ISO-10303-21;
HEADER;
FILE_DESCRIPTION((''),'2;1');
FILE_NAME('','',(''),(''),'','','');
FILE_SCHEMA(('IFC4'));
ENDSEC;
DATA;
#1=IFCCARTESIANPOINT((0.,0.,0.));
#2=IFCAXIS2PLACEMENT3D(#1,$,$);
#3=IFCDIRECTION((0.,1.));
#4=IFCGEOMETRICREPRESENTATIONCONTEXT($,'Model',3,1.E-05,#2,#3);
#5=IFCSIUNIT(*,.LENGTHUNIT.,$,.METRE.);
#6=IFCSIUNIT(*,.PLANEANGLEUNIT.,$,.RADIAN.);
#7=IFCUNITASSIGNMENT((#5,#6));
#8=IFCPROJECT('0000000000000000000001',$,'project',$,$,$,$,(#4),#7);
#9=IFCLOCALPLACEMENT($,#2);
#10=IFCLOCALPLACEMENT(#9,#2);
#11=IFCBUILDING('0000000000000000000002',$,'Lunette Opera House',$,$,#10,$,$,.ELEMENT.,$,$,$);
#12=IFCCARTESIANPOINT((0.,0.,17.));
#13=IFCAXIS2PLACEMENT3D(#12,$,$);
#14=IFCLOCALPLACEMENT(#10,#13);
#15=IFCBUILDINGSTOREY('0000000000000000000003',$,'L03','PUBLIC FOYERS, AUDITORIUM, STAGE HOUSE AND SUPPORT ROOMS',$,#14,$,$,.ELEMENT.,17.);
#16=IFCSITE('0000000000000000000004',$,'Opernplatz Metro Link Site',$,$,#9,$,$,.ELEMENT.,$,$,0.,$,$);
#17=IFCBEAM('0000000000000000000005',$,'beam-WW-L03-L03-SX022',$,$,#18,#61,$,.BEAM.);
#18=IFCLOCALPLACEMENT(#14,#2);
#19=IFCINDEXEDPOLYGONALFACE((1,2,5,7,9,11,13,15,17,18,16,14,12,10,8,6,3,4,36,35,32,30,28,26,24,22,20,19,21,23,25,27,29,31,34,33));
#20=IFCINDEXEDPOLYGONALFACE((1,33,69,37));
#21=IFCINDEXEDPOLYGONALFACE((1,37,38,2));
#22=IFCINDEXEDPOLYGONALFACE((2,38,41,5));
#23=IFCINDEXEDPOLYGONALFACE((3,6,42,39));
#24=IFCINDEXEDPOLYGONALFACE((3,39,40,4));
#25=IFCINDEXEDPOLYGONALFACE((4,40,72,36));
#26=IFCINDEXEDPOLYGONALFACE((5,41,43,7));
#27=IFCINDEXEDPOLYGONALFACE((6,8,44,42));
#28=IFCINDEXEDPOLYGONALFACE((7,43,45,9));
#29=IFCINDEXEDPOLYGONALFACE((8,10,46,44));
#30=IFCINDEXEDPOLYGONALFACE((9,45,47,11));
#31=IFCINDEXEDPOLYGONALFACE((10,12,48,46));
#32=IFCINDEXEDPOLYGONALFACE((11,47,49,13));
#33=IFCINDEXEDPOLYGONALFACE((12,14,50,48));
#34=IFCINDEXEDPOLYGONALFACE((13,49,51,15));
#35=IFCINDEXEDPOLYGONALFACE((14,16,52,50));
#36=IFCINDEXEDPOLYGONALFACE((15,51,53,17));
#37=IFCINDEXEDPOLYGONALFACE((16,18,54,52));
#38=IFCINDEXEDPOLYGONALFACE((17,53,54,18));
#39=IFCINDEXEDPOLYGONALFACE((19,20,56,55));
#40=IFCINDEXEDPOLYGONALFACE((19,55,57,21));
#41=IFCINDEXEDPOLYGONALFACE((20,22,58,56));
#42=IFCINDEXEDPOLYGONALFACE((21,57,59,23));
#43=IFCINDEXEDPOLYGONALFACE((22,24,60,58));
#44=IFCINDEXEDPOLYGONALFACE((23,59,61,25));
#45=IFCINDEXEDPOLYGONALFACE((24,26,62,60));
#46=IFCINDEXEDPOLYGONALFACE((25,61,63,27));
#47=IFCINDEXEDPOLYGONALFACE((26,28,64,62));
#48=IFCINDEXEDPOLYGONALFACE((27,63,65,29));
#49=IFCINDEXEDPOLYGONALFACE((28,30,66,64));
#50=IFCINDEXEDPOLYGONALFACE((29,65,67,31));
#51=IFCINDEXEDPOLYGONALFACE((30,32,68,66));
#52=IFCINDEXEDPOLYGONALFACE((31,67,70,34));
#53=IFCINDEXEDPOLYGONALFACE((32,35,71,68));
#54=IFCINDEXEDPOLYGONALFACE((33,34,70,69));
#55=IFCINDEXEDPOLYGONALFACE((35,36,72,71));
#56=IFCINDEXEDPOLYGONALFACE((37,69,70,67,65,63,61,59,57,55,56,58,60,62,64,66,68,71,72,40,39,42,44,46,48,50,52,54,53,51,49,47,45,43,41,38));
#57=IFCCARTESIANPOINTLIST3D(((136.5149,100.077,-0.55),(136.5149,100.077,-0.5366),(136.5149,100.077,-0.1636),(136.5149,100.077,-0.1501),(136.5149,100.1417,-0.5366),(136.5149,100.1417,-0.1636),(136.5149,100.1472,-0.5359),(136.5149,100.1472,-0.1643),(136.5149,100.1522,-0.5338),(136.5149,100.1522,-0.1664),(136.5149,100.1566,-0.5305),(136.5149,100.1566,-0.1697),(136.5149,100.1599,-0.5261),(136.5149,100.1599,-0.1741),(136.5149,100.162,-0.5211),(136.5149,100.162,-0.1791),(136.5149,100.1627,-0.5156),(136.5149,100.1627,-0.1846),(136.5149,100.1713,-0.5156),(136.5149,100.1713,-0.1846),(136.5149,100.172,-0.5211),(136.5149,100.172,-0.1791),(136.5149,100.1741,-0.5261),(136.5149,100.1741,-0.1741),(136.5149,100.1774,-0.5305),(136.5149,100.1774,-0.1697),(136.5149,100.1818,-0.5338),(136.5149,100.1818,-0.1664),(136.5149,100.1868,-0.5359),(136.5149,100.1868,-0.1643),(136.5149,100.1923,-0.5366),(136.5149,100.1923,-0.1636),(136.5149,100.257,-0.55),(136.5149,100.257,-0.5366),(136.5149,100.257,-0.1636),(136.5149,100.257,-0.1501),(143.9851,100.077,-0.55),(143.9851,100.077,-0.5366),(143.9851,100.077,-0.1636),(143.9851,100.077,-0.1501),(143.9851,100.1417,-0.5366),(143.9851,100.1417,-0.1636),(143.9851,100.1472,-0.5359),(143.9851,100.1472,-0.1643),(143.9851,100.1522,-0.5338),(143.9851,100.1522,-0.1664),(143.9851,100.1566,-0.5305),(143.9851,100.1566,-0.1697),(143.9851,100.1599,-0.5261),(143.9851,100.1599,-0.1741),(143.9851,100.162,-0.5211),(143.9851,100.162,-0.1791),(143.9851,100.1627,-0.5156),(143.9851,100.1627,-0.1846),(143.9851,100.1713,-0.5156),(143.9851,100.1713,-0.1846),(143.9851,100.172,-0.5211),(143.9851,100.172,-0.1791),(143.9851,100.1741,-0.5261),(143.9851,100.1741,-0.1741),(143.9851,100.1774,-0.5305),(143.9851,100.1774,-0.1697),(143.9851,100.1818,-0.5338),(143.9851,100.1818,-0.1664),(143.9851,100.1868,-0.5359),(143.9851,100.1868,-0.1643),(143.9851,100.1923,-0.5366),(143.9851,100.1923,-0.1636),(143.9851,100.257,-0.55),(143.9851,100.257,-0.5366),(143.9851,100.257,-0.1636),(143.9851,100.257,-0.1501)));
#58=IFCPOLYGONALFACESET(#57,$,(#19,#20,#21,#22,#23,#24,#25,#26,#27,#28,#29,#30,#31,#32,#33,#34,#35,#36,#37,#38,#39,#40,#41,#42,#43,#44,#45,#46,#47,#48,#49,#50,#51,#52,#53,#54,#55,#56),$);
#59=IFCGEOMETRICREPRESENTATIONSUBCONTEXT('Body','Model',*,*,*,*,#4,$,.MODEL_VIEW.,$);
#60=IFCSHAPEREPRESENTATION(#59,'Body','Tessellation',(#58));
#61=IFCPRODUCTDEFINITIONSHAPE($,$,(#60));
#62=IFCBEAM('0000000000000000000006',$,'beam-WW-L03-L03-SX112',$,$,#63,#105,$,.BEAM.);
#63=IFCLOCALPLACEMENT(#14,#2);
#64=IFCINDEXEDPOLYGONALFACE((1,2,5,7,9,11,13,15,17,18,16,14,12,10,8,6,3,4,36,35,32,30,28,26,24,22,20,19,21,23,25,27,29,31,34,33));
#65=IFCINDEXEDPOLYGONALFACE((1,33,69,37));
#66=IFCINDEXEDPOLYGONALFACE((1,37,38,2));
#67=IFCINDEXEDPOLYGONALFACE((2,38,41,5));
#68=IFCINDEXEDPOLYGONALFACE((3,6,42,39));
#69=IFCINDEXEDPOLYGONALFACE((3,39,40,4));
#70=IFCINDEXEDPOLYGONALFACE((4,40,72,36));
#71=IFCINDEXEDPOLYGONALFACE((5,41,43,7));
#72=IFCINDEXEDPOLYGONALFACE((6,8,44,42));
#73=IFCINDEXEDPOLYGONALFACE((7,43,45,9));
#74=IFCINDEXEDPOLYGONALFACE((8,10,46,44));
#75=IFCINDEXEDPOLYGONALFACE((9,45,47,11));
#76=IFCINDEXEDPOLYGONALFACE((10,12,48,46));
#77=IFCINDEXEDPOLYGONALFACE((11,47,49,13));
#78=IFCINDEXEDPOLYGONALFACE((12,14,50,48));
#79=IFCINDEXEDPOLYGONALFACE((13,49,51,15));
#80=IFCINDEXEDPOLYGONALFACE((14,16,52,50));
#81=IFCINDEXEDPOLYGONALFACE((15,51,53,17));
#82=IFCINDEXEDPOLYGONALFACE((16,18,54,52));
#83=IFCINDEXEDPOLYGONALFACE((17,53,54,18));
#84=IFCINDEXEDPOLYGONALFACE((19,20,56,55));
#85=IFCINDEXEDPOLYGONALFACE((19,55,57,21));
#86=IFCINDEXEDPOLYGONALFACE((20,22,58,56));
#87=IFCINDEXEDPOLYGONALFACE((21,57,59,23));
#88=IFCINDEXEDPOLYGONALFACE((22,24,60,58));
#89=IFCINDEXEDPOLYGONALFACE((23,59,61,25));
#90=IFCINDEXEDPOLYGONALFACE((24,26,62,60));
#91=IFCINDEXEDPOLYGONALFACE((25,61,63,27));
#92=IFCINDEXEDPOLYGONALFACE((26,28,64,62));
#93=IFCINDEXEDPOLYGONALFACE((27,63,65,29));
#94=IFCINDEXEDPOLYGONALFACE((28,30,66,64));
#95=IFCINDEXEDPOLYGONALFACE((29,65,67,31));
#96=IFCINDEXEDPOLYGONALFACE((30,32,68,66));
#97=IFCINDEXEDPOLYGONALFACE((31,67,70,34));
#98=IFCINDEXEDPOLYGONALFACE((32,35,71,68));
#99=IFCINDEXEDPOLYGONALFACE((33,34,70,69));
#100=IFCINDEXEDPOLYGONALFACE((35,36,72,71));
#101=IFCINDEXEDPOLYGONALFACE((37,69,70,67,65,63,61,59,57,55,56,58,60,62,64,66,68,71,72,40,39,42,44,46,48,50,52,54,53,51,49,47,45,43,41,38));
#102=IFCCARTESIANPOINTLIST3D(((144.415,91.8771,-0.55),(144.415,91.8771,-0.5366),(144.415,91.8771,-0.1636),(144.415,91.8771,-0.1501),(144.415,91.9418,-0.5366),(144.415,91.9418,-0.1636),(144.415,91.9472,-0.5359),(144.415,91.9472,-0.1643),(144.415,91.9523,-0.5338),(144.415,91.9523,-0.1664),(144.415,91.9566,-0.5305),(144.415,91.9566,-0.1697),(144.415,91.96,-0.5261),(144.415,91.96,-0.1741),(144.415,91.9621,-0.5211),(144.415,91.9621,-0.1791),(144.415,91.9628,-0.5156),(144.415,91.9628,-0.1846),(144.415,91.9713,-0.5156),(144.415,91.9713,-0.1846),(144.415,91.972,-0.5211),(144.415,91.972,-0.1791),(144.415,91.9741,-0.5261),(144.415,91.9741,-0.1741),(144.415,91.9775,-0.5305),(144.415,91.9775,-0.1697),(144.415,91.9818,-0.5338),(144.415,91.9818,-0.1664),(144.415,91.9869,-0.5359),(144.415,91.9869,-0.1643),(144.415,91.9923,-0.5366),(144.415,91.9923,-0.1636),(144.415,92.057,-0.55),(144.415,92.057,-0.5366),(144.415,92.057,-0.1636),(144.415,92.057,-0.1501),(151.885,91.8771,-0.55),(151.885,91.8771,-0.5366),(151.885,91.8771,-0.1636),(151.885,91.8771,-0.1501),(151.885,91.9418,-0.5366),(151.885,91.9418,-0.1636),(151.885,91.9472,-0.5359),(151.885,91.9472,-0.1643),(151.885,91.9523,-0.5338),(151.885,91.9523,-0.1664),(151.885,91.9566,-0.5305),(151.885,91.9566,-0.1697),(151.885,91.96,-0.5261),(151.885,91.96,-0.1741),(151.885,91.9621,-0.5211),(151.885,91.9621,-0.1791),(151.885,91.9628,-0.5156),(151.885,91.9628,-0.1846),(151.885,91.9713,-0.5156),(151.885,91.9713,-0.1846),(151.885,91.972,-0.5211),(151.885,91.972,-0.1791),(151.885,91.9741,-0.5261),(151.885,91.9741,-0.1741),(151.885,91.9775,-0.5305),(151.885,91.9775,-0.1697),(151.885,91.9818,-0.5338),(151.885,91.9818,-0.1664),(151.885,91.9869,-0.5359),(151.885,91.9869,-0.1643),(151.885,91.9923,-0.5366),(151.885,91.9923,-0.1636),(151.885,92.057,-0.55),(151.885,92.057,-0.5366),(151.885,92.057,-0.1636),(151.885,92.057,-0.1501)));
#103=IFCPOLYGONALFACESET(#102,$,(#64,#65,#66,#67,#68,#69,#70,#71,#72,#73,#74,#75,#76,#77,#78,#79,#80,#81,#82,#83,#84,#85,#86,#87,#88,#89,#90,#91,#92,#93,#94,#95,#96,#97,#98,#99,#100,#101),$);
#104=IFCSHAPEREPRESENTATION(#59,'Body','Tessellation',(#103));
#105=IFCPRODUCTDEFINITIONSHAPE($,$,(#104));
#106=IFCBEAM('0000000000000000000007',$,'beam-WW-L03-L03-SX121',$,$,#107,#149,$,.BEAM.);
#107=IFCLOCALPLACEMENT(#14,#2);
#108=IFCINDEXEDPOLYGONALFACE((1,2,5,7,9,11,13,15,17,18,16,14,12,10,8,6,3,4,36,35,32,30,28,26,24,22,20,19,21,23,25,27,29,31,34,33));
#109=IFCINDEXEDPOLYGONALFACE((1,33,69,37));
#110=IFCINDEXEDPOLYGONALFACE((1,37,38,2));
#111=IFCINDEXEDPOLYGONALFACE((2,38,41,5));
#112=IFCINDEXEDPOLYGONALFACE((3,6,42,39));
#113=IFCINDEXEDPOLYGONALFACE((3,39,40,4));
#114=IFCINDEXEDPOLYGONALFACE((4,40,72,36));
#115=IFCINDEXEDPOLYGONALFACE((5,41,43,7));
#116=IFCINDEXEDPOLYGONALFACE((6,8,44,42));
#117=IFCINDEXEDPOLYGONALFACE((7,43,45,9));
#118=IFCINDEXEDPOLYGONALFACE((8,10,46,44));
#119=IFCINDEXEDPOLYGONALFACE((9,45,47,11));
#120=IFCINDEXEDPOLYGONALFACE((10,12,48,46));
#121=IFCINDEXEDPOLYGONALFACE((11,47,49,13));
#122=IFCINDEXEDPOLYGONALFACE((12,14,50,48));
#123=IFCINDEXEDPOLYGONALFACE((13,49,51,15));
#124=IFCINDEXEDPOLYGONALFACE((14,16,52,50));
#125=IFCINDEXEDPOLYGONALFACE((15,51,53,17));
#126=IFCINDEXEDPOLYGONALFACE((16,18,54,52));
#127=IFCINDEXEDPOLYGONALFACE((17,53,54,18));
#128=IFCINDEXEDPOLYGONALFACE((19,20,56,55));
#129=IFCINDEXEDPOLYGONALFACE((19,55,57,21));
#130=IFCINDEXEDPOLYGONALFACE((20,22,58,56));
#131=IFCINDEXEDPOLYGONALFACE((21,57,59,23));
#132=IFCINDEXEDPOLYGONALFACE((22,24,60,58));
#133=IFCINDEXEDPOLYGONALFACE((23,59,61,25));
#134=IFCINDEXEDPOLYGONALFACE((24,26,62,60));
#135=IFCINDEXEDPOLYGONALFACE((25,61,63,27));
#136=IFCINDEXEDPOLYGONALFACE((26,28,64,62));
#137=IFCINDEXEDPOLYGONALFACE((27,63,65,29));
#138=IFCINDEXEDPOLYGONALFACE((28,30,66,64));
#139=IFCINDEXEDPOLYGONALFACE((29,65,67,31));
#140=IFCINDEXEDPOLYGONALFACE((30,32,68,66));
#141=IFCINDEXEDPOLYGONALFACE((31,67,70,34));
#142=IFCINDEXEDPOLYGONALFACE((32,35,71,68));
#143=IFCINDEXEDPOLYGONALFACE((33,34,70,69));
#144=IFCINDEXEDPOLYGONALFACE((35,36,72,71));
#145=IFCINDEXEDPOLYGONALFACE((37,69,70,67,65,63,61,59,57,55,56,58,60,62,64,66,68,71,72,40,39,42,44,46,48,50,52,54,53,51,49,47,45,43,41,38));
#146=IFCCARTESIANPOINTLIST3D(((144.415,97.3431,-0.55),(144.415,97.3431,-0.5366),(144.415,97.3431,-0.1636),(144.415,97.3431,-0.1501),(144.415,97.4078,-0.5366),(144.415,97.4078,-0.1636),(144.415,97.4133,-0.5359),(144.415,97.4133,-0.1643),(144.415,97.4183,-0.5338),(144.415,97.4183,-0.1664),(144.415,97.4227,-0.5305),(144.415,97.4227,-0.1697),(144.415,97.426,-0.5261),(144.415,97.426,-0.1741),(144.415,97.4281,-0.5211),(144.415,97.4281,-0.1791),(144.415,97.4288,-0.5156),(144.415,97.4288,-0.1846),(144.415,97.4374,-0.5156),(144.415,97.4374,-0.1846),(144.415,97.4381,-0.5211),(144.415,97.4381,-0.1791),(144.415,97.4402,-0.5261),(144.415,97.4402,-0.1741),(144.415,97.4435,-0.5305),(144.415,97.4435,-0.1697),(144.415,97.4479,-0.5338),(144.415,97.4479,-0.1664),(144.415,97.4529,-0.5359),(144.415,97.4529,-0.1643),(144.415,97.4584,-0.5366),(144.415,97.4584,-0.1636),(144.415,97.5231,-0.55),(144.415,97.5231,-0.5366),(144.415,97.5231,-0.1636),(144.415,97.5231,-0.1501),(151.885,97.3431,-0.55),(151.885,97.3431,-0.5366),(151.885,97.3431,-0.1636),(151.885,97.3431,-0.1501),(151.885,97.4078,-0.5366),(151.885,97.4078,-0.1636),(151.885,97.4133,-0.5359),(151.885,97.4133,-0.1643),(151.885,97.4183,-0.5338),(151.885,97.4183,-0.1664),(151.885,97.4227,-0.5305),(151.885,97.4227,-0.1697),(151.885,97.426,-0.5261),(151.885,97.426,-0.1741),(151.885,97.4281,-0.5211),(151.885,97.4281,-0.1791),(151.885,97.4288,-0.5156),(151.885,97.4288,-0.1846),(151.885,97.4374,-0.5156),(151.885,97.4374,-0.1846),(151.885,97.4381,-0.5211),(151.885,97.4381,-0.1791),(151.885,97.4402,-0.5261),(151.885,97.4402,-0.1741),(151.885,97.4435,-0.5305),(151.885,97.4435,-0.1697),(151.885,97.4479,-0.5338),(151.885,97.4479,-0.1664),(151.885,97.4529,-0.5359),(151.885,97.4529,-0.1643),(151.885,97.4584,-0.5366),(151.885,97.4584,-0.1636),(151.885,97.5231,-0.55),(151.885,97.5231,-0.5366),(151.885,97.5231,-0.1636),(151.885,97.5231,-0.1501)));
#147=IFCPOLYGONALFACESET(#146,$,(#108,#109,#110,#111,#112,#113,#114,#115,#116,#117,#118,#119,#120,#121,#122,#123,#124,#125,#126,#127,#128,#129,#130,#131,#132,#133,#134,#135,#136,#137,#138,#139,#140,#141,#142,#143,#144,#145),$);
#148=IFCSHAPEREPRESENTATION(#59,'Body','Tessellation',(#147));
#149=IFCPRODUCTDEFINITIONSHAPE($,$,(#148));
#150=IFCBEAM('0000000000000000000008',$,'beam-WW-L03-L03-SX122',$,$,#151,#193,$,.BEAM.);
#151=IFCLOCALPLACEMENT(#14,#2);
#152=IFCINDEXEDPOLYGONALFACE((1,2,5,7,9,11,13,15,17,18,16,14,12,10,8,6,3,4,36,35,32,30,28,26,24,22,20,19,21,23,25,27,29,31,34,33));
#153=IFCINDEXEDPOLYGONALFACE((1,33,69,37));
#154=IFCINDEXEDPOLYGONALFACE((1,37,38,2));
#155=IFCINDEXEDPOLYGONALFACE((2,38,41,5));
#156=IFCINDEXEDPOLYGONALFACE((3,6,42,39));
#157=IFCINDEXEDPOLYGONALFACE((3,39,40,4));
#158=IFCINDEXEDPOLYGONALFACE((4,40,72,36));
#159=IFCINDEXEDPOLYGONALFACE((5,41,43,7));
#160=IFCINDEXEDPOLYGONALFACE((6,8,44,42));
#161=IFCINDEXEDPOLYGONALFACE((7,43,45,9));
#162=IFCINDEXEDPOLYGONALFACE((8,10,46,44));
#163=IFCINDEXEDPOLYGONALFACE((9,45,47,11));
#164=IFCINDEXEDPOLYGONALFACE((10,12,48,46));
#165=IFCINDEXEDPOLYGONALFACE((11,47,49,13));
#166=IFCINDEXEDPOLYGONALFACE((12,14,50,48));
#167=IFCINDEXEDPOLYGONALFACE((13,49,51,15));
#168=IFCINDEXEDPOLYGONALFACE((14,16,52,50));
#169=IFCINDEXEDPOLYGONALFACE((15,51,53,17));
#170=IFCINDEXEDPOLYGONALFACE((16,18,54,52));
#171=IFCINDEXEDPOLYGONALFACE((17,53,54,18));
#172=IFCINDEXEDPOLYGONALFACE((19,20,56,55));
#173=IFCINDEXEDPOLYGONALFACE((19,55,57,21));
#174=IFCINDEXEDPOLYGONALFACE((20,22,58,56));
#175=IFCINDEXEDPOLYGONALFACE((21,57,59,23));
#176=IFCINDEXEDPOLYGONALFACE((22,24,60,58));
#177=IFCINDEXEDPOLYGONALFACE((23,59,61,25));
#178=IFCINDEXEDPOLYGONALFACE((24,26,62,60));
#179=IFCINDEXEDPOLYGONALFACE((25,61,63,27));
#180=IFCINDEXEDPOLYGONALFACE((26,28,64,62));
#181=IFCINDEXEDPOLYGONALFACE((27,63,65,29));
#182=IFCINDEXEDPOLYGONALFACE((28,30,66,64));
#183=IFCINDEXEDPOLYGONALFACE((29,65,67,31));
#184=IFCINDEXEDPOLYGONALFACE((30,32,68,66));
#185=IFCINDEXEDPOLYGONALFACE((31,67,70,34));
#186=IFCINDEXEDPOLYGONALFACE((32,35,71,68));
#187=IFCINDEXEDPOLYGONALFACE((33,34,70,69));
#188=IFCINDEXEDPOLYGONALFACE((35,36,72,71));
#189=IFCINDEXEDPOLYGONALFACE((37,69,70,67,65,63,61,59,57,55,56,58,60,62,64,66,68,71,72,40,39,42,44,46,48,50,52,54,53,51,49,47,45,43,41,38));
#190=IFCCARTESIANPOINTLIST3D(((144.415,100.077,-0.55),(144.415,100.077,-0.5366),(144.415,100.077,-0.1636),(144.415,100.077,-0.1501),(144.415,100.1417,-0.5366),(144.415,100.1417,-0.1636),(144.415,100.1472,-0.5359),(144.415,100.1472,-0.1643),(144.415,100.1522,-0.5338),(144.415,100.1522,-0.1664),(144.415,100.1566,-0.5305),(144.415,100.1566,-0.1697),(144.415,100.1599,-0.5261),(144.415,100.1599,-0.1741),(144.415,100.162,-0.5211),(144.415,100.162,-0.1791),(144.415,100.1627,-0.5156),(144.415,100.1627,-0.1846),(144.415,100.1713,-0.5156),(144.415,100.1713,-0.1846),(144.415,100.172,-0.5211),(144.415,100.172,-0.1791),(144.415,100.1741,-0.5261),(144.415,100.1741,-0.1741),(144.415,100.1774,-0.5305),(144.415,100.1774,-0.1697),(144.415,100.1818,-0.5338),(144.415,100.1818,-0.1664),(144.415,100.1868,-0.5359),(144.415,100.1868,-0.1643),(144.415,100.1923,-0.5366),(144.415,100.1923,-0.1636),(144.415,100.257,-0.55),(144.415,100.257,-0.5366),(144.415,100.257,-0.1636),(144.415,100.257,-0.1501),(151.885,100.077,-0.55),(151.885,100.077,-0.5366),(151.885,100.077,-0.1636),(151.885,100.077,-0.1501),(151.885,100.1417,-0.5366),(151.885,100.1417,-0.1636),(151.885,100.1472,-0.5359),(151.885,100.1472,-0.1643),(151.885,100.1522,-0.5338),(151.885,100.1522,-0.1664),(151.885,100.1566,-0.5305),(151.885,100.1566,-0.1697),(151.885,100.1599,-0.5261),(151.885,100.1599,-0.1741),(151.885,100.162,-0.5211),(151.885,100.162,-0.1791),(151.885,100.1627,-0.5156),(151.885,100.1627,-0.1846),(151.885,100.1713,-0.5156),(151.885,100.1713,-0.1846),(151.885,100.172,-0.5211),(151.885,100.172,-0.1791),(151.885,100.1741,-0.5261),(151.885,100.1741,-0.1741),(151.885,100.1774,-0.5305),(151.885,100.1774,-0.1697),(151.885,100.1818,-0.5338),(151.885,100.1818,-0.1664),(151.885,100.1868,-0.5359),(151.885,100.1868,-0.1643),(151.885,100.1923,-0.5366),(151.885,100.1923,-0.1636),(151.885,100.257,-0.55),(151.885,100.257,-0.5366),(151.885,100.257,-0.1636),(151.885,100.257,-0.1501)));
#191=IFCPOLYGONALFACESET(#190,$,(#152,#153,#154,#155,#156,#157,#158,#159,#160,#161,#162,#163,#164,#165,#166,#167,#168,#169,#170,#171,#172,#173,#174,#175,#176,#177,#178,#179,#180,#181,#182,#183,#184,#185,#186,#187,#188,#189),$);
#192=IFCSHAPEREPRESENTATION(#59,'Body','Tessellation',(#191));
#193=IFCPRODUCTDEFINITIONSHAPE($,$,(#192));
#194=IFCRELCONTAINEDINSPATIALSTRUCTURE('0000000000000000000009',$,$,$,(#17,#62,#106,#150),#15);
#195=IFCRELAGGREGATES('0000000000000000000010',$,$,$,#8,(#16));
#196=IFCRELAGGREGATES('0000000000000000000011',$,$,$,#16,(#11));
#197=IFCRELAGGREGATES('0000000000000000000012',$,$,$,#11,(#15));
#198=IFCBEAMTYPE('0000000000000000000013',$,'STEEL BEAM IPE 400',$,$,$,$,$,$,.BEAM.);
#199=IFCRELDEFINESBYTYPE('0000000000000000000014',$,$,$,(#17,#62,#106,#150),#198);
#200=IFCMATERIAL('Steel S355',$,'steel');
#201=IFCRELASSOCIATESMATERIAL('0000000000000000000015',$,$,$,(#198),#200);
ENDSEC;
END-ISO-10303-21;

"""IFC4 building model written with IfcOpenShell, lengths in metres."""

from ifc_helpers import new_model, si_unit, direction, frame, origin, origin_2d, place, context, subcontext, project, spatial, i_section, extrude, material, material_profile, profile_set, type_object, element, save


model = new_model("IFC4")

# Units and contexts
model_context = context("Model", 3, precision=1e-05, world=origin(), true_north=direction((0.0, 1.0)))
body_context = subcontext(model_context, "Body", "Model", "MODEL_VIEW")
ifc_project = project(units=[si_unit("LENGTHUNIT", "METRE"), si_unit("PLANEANGLEUNIT", "RADIAN")], contexts=[model_context])

# Site, building, storey
site_placement = place(None, origin())
site = spatial("IfcSite", under=ifc_project, at=site_placement, Name="Opernplatz Metro Link Site", CompositionType="ELEMENT", RefElevation=0.0)
building_placement = place(site_placement, origin())
building = spatial("IfcBuilding", under=site, at=building_placement, Name="Lunette Opera House", CompositionType="ELEMENT")
storey_placement = place(building_placement, frame((0.0, 0.0, 17.0)))
storey = spatial("IfcBuildingStorey", under=building, at=storey_placement, Name="L03", Description="PUBLIC FOYERS, AUDITORIUM, STAGE HOUSE AND SUPPORT ROOMS", CompositionType="ELEMENT", Elevation=17.0)

# Beams
ifc_material_1 = material(Name="Steel S355", Category="steel")
ifc_material_profile_1 = material_profile(ifc_material_1, i_section(OverallWidth=0.1799, OverallDepth=0.3999, WebThickness=0.0085, FlangeThickness=0.0134, FilletRadius=0.021, at=origin_2d()), Name="IPE 400")
ifc_profile_set_1 = profile_set([ifc_material_profile_1], Name="Steel S355")
beam_type_1 = type_object("IfcBeamType", Name="STEEL BEAM IPE 400", PredefinedType="BEAM", material=ifc_profile_set_1)
for number, where, z_axis, x_axis, name in (
    (1, (136.5149, 100.167, -0.3501), (1.0, 0.0, 0.0), (0.0, 1.0, 0.0), "beam-WW-L03-L03-SX022"),
):
    element("IfcBeam", number, at=place(storey_placement, frame(where, z_axis=z_axis, x_axis=x_axis)), inside=storey, type_object=beam_type_1, Name=name, PredefinedType="BEAM", context=body_context, shape_type="SweptSolid", body=[
        extrude(i_section(OverallWidth=0.1799, OverallDepth=0.3999, WebThickness=0.0085, FlangeThickness=0.0134, FilletRadius=0.021, at=origin_2d()), origin(), (0.0, 0.0, 1.0), 7.4702),
    ])
for number, where, z_axis, x_axis, name in (
    (2, (144.415, 91.967, -0.3501), (1.0, 0.0, 0.0), (0.0, 1.0, 0.0), "beam-WW-L03-L03-SX112"),
    (3, (144.415, 97.4331, -0.3501), (1.0, 0.0, 0.0), (0.0, 1.0, 0.0), "beam-WW-L03-L03-SX121"),
    (4, (144.415, 100.167, -0.3501), (1.0, 0.0, 0.0), (0.0, 1.0, 0.0), "beam-WW-L03-L03-SX122"),
):
    element("IfcBeam", number, at=place(storey_placement, frame(where, z_axis=z_axis, x_axis=x_axis)), inside=storey, type_object=beam_type_1, Name=name, PredefinedType="BEAM", context=body_context, shape_type="SweptSolid", body=[
        extrude(i_section(OverallWidth=0.1799, OverallDepth=0.3999, WebThickness=0.0085, FlangeThickness=0.0134, FilletRadius=0.021, at=origin_2d()), origin(), (0.0, 0.0, 1.0), 7.47),
    ])

save(model, "model.ifc")
